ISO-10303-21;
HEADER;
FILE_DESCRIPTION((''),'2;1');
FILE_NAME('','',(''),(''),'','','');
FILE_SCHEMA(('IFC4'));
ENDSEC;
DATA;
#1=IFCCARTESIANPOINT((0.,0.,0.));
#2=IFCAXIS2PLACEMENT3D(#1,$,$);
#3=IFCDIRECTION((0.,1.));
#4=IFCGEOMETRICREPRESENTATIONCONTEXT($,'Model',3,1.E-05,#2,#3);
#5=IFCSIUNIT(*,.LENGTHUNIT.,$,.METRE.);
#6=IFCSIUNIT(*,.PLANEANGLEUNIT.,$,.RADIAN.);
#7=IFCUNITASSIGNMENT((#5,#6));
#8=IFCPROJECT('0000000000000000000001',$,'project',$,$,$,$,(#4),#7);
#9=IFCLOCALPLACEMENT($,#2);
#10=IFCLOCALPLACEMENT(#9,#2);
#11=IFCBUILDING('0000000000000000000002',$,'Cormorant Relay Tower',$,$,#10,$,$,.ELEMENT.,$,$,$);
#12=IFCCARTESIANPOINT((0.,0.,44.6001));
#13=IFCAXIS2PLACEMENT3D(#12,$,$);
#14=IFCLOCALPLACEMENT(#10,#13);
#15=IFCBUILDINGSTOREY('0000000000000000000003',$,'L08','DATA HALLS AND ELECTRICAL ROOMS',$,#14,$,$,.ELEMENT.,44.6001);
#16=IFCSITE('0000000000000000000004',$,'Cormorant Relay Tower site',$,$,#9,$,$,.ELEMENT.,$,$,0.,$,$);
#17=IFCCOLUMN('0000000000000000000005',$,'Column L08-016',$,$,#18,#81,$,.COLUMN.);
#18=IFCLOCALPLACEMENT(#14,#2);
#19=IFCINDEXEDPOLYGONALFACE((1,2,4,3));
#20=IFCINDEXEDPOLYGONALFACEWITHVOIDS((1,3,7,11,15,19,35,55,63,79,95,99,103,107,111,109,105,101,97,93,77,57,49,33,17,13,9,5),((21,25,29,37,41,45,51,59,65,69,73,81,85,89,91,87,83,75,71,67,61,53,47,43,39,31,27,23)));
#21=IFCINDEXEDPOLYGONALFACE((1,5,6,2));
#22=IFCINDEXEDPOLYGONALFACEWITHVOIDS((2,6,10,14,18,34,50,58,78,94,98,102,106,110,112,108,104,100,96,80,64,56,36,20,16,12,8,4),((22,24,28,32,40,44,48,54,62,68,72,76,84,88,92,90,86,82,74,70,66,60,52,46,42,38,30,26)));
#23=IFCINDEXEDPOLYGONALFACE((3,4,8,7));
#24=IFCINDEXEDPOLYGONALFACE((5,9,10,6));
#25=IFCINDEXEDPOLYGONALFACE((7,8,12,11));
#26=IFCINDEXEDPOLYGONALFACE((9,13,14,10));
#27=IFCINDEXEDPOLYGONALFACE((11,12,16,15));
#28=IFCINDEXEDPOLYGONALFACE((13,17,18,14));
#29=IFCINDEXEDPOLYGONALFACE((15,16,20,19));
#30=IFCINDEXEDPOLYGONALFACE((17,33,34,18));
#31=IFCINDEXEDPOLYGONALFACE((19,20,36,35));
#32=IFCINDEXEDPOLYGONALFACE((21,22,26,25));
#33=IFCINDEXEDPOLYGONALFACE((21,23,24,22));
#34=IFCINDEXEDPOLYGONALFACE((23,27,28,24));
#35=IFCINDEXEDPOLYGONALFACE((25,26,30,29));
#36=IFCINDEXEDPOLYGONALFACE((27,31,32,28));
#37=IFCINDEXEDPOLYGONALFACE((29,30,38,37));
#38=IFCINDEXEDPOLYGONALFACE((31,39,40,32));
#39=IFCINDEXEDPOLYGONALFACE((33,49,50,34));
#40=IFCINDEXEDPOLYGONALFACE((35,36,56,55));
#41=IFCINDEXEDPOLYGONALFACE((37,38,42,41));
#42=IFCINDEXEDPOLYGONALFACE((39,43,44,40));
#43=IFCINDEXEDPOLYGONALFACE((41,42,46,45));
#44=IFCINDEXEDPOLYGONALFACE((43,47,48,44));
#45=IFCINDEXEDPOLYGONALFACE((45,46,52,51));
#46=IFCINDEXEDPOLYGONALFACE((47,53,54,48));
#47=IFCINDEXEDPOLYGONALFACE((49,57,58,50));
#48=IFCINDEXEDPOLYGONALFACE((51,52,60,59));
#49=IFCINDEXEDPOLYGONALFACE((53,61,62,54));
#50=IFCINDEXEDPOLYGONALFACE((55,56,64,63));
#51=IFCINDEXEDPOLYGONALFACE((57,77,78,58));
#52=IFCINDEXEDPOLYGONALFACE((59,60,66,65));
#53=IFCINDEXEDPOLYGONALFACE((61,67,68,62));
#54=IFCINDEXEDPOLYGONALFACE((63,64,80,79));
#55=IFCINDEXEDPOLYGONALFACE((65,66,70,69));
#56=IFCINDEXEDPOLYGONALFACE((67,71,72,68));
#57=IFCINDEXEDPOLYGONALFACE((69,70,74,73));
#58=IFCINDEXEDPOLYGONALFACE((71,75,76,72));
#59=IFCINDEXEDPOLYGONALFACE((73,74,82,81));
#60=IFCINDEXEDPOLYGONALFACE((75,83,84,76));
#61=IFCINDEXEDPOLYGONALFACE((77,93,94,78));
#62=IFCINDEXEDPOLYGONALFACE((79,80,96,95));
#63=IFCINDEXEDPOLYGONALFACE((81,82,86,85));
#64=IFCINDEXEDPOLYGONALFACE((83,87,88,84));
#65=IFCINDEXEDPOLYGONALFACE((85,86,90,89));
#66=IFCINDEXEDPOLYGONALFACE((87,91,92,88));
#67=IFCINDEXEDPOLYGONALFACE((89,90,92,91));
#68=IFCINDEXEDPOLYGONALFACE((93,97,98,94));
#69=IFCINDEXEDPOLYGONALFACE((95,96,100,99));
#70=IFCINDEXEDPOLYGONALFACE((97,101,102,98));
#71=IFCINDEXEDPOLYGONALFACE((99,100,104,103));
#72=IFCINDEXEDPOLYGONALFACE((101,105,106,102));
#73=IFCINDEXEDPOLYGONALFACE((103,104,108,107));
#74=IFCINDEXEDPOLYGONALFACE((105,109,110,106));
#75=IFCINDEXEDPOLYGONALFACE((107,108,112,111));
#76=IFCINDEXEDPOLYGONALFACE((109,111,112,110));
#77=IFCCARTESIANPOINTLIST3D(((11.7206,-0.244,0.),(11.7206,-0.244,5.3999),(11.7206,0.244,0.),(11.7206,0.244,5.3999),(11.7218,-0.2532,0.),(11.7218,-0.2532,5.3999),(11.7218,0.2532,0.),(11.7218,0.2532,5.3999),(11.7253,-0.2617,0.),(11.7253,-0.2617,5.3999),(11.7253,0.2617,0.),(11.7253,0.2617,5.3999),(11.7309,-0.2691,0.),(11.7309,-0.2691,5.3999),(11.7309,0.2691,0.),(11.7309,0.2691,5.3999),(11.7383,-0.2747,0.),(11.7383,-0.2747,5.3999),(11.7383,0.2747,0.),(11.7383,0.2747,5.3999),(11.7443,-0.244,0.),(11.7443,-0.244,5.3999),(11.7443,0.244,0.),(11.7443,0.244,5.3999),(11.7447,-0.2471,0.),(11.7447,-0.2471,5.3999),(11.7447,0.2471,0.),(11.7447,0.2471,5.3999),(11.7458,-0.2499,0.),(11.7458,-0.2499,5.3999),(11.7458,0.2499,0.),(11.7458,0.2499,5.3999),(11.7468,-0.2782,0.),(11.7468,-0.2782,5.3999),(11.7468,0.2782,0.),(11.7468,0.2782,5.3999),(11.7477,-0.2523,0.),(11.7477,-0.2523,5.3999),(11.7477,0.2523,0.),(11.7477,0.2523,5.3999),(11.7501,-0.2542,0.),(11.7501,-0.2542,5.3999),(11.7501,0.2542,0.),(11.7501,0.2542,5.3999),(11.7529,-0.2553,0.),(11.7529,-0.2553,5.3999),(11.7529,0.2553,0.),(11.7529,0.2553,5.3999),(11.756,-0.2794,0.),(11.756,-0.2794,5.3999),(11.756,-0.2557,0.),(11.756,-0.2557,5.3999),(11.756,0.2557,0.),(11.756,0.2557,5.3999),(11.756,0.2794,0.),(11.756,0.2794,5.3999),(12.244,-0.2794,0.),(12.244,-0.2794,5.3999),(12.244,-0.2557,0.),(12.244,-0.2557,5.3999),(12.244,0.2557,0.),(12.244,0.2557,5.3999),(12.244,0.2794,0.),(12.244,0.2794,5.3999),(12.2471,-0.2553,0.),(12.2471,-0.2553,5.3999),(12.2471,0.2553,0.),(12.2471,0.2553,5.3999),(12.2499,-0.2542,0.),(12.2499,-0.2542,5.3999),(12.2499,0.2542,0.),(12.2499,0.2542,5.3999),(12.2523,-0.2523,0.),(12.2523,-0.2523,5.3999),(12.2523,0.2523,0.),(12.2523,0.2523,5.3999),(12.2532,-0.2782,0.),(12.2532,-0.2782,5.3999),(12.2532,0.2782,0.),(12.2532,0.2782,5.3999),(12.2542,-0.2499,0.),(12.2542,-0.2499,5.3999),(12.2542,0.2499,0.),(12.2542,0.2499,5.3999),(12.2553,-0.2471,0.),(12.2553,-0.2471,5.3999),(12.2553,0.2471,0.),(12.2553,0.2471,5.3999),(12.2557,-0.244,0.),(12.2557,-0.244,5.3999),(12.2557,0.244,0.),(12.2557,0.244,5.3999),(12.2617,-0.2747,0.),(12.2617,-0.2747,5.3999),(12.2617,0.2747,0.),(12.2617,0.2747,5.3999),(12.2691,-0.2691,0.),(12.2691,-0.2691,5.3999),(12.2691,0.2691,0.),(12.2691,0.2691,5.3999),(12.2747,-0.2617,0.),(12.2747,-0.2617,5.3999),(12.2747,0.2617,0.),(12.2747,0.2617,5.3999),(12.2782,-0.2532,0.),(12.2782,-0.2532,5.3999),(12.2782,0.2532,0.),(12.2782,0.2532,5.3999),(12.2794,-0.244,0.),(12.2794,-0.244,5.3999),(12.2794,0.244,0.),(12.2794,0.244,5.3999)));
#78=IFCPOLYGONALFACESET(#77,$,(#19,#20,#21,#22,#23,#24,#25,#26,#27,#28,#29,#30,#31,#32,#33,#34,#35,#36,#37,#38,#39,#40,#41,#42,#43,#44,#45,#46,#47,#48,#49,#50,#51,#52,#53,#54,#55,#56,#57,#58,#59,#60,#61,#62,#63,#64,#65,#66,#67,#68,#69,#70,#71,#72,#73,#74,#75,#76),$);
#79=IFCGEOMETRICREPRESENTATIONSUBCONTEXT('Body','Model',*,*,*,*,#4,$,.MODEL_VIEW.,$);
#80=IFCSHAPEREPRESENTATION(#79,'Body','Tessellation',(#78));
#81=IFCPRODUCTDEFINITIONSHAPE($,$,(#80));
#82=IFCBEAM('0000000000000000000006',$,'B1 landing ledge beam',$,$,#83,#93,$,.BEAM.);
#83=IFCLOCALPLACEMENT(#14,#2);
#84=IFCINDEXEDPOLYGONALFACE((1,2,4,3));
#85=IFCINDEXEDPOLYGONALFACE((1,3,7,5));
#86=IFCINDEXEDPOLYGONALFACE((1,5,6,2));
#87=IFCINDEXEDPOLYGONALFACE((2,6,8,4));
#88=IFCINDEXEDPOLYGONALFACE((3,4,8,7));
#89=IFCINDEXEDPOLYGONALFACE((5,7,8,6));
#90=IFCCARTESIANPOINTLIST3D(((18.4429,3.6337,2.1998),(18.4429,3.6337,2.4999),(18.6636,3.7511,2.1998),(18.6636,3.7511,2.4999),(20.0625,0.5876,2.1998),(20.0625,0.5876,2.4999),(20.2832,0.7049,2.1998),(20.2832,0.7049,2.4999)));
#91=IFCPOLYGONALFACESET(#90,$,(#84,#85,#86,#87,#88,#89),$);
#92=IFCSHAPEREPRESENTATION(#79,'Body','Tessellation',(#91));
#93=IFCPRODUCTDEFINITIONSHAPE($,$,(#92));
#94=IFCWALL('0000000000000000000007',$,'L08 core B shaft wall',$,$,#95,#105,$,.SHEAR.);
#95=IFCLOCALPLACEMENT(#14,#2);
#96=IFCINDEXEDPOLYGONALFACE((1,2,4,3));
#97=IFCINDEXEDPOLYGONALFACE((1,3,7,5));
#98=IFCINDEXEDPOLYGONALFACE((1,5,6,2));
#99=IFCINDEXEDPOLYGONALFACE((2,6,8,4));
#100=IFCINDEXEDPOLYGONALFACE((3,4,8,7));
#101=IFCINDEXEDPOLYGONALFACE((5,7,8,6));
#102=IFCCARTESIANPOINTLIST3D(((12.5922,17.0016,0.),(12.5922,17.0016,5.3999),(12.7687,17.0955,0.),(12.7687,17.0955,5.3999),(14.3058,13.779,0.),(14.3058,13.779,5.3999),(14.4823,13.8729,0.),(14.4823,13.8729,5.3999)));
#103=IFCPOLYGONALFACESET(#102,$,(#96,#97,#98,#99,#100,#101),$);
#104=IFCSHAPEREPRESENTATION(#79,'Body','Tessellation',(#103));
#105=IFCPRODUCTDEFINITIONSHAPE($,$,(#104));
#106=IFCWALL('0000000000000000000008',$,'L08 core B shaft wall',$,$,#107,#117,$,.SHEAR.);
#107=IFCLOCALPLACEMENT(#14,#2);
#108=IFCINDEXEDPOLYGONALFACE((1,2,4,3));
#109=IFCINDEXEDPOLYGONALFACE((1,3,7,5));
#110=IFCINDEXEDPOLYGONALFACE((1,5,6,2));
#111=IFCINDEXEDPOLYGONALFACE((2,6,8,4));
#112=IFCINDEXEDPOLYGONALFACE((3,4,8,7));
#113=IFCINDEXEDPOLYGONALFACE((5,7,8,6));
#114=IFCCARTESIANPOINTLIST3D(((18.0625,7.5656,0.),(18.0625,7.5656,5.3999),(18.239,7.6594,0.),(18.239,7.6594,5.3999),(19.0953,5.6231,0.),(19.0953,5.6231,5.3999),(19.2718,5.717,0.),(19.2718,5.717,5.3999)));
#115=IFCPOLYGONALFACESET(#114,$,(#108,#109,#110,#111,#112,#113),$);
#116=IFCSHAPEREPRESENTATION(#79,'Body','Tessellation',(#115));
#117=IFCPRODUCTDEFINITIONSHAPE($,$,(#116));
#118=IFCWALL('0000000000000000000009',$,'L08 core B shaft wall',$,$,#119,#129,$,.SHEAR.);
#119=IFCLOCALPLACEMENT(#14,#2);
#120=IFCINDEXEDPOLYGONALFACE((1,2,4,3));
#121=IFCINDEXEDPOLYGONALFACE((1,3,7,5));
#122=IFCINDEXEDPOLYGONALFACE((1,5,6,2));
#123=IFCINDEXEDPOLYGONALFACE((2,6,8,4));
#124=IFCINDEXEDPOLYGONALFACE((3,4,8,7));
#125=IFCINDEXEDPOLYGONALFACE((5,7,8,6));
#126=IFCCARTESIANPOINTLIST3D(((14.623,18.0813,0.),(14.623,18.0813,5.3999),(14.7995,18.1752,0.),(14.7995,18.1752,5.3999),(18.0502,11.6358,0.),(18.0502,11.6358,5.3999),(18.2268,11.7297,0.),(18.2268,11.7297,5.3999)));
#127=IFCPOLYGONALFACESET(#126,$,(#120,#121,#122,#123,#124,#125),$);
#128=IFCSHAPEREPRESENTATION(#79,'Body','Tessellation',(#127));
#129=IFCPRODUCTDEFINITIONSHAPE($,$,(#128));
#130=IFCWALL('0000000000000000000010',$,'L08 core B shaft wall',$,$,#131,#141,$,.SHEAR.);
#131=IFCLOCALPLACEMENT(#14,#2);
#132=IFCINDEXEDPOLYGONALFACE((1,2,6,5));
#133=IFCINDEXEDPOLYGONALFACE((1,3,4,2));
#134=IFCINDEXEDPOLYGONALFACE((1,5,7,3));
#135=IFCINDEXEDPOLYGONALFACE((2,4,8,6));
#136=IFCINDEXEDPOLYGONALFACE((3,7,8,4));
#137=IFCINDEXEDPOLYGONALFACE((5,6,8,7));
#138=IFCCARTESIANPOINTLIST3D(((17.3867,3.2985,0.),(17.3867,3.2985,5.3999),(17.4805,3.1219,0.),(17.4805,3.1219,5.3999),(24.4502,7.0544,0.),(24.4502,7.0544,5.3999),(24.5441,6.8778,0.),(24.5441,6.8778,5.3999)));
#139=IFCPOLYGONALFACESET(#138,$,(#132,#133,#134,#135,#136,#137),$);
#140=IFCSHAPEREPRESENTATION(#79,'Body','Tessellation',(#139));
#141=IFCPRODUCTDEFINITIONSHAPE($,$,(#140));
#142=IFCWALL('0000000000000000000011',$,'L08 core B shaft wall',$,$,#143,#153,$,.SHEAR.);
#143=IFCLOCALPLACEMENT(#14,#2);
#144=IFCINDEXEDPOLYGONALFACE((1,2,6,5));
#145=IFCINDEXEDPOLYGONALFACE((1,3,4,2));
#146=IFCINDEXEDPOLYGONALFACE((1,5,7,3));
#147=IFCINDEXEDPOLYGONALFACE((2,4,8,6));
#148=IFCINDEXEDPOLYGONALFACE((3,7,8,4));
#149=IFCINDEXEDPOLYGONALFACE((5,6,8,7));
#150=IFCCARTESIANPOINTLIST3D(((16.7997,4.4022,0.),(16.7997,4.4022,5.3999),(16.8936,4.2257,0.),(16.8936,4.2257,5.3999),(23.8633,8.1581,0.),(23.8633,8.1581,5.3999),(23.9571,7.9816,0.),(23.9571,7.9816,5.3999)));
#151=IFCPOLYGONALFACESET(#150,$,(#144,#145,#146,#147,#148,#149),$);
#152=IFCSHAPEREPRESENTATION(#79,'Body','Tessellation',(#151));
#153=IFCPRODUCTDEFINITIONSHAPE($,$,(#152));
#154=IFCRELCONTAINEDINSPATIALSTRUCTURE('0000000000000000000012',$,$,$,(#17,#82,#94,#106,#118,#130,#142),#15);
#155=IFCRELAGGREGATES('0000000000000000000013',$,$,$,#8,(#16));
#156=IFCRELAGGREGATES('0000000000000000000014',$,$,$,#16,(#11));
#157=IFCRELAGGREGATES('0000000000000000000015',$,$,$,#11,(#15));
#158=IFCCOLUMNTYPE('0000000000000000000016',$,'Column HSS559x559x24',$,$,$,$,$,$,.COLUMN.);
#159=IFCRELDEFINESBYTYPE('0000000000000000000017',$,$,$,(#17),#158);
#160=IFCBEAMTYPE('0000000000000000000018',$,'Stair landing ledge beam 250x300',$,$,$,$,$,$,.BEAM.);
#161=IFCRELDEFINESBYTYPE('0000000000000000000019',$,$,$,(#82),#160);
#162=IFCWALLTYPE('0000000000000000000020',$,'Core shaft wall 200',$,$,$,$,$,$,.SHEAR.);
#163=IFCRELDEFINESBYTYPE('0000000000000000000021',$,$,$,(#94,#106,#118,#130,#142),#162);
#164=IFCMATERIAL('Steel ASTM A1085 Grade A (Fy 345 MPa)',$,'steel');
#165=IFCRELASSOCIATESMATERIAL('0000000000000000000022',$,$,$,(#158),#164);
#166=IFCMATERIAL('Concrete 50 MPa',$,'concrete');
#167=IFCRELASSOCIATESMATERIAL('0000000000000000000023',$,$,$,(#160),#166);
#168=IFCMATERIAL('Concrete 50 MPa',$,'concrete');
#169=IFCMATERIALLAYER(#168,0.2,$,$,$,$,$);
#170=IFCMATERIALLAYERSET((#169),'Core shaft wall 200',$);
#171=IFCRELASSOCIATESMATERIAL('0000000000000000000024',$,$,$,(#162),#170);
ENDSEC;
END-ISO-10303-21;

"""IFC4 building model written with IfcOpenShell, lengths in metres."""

from ifc_helpers import new_model, si_unit, direction, frame, frame_2d, origin, origin_2d, place, context, subcontext, project, spatial, rectangle, hollow_rectangle, extrude, material, layer, layer_set, material_profile, profile_set, type_object, element, save


model = new_model("IFC4")

# Units and contexts
model_context = context("Model", 3, precision=1e-05, world=origin(), true_north=direction((0.0, 1.0)))
body_context = subcontext(model_context, "Body", "Model", "MODEL_VIEW")
ifc_project = project(units=[si_unit("LENGTHUNIT", "METRE"), si_unit("PLANEANGLEUNIT", "RADIAN")], contexts=[model_context])

# Site, building, storey
site_placement = place(None, origin())
site = spatial("IfcSite", under=ifc_project, at=site_placement, Name="Cormorant Relay Tower site", CompositionType="ELEMENT", RefElevation=0.0)
building_placement = place(site_placement, origin())
building = spatial("IfcBuilding", under=site, at=building_placement, Name="Cormorant Relay Tower", CompositionType="ELEMENT")
storey_placement = place(building_placement, frame((0.0, 0.0, 44.6001)))
storey = spatial("IfcBuildingStorey", under=building, at=storey_placement, Name="L08", Description="DATA HALLS AND ELECTRICAL ROOMS", CompositionType="ELEMENT", Elevation=44.6001)

# Column
ifc_material_1 = material(Name="Steel ASTM A1085 Grade A (Fy 345 MPa)", Category="steel")
ifc_material_profile_1 = material_profile(ifc_material_1, hollow_rectangle(XDim=0.5588, YDim=0.5588, WallThickness=0.0237, InnerFilletRadius=0.0117, OuterFilletRadius=0.0354, at=origin_2d()), Name="HSS559x559x24")
ifc_profile_set_1 = profile_set([ifc_material_profile_1], Name="Steel ASTM A1085 Grade A (Fy 345 MPa)")
column_type = type_object("IfcColumnType", Name="Column HSS559x559x24", PredefinedType="COLUMN", material=ifc_profile_set_1)
column_placement = place(storey_placement, frame((12.0, 0.0, 0.0), z_axis=(0.0, 0.0, 1.0), x_axis=(1.0, 0.0, 0.0)))
element("IfcColumn", 1, at=column_placement, inside=storey, type_object=column_type, Name="Column L08-016", PredefinedType="COLUMN", context=body_context, shape_type="SweptSolid", body=[
    extrude(hollow_rectangle(XDim=0.5588, YDim=0.5588, WallThickness=0.0237, InnerFilletRadius=0.0117, OuterFilletRadius=0.0354, at=origin_2d()), origin(), (0.0, 0.0, 1.0), 5.3999),
])

# Beam
ifc_material_2 = material(Name="Concrete 50 MPa", Category="concrete")
ifc_material_profile_2 = material_profile(ifc_material_2, rectangle(XDim=0.25, YDim=0.3, at=origin_2d()), Name="RC 250x300")
ifc_profile_set_2 = profile_set([ifc_material_profile_2], Name="Concrete 50 MPa")
beam_type = type_object("IfcBeamType", Name="Stair landing ledge beam 250x300", PredefinedType="BEAM", material=ifc_profile_set_2)
beam_placement = place(storey_placement, frame((18.5532, 3.6924, 2.3499), z_axis=(0.469464, -0.882952, 0.0), x_axis=(0.882952, 0.469464, 0.0)))
element("IfcBeam", 2, at=beam_placement, inside=storey, type_object=beam_type, Name="B1 landing ledge beam", PredefinedType="BEAM", context=body_context, shape_type="SweptSolid", body=[
    extrude(rectangle(XDim=0.25, YDim=0.3, at=origin_2d()), origin(), (0.0, 0.0, 1.0), 3.45),
])

# Walls
ifc_material_3 = material(Name="Concrete 50 MPa", Category="concrete")
ifc_layer_1 = layer(ifc_material_3, 0.2)
ifc_layer_set_1 = layer_set([ifc_layer_1], Name="Core shaft wall 200")
wall_type_1 = type_object("IfcWallType", Name="Core shaft wall 200", PredefinedType="SHEAR", material=ifc_layer_set_1)
wall_1_placement = place(storey_placement, frame((14.394, 13.8259, 0.0), z_axis=(0.0, 0.0, 1.0), x_axis=(-0.469494, 0.882936, 0.0)))
element("IfcWall", 3, at=wall_1_placement, inside=storey, type_object=wall_type_1, Name="L08 core B shaft wall", PredefinedType="SHEAR", context=body_context, shape_type="SweptSolid", body=[
    extrude(rectangle(XDim=3.6499, YDim=0.2, at=frame_2d((1.825, 0.0))), origin(), (0.0, 0.0, 1.0), 5.3999),
])
wall_2_placement = place(storey_placement, frame((19.1836, 5.6699, 0.0), z_axis=(0.0, 0.0, 1.0), x_axis=(-0.469447, 0.88296, 0.0)))
element("IfcWall", 4, at=wall_2_placement, inside=storey, type_object=wall_type_1, Name="L08 core B shaft wall", PredefinedType="SHEAR", context=body_context, shape_type="SweptSolid", body=[
    extrude(rectangle(XDim=2.2, YDim=0.2, at=frame_2d((1.1001, 0.0))), origin(), (0.0, 0.0, 1.0), 5.3999),
])
wall_3_placement = place(storey_placement, frame((18.1384, 11.6829, 0.0), z_axis=(0.0, 0.0, 1.0), x_axis=(-0.46948, 0.882943, 0.0)))
element("IfcWall", 5, at=wall_3_placement, inside=storey, type_object=wall_type_1, Name="L08 core B shaft wall", PredefinedType="SHEAR", context=body_context, shape_type="SweptSolid", body=[
    extrude(rectangle(XDim=7.3, YDim=0.2, at=frame_2d((3.6499, 0.0))), origin(), (0.0, 0.0, 1.0), 5.3999),
])
for number, where, z_axis, x_axis, name in (
    (6, (17.4336, 3.2102, 0.0), (0.0, 0.0, 1.0), (0.88294, 0.469485, 0.0), "L08 core B shaft wall"),
    (7, (16.8467, 4.314, 0.0), (0.0, 0.0, 1.0), (0.88294, 0.469485, 0.0), "L08 core B shaft wall"),
):
    element("IfcWall", number, at=place(storey_placement, frame(where, z_axis=z_axis, x_axis=x_axis)), inside=storey, type_object=wall_type_1, Name=name, PredefinedType="SHEAR", context=body_context, shape_type="SweptSolid", body=[
        extrude(rectangle(XDim=8.0, YDim=0.2, at=frame_2d((4.0, 0.0))), origin(), (0.0, 0.0, 1.0), 5.3999),
    ])

save(model, "model.ifc")
